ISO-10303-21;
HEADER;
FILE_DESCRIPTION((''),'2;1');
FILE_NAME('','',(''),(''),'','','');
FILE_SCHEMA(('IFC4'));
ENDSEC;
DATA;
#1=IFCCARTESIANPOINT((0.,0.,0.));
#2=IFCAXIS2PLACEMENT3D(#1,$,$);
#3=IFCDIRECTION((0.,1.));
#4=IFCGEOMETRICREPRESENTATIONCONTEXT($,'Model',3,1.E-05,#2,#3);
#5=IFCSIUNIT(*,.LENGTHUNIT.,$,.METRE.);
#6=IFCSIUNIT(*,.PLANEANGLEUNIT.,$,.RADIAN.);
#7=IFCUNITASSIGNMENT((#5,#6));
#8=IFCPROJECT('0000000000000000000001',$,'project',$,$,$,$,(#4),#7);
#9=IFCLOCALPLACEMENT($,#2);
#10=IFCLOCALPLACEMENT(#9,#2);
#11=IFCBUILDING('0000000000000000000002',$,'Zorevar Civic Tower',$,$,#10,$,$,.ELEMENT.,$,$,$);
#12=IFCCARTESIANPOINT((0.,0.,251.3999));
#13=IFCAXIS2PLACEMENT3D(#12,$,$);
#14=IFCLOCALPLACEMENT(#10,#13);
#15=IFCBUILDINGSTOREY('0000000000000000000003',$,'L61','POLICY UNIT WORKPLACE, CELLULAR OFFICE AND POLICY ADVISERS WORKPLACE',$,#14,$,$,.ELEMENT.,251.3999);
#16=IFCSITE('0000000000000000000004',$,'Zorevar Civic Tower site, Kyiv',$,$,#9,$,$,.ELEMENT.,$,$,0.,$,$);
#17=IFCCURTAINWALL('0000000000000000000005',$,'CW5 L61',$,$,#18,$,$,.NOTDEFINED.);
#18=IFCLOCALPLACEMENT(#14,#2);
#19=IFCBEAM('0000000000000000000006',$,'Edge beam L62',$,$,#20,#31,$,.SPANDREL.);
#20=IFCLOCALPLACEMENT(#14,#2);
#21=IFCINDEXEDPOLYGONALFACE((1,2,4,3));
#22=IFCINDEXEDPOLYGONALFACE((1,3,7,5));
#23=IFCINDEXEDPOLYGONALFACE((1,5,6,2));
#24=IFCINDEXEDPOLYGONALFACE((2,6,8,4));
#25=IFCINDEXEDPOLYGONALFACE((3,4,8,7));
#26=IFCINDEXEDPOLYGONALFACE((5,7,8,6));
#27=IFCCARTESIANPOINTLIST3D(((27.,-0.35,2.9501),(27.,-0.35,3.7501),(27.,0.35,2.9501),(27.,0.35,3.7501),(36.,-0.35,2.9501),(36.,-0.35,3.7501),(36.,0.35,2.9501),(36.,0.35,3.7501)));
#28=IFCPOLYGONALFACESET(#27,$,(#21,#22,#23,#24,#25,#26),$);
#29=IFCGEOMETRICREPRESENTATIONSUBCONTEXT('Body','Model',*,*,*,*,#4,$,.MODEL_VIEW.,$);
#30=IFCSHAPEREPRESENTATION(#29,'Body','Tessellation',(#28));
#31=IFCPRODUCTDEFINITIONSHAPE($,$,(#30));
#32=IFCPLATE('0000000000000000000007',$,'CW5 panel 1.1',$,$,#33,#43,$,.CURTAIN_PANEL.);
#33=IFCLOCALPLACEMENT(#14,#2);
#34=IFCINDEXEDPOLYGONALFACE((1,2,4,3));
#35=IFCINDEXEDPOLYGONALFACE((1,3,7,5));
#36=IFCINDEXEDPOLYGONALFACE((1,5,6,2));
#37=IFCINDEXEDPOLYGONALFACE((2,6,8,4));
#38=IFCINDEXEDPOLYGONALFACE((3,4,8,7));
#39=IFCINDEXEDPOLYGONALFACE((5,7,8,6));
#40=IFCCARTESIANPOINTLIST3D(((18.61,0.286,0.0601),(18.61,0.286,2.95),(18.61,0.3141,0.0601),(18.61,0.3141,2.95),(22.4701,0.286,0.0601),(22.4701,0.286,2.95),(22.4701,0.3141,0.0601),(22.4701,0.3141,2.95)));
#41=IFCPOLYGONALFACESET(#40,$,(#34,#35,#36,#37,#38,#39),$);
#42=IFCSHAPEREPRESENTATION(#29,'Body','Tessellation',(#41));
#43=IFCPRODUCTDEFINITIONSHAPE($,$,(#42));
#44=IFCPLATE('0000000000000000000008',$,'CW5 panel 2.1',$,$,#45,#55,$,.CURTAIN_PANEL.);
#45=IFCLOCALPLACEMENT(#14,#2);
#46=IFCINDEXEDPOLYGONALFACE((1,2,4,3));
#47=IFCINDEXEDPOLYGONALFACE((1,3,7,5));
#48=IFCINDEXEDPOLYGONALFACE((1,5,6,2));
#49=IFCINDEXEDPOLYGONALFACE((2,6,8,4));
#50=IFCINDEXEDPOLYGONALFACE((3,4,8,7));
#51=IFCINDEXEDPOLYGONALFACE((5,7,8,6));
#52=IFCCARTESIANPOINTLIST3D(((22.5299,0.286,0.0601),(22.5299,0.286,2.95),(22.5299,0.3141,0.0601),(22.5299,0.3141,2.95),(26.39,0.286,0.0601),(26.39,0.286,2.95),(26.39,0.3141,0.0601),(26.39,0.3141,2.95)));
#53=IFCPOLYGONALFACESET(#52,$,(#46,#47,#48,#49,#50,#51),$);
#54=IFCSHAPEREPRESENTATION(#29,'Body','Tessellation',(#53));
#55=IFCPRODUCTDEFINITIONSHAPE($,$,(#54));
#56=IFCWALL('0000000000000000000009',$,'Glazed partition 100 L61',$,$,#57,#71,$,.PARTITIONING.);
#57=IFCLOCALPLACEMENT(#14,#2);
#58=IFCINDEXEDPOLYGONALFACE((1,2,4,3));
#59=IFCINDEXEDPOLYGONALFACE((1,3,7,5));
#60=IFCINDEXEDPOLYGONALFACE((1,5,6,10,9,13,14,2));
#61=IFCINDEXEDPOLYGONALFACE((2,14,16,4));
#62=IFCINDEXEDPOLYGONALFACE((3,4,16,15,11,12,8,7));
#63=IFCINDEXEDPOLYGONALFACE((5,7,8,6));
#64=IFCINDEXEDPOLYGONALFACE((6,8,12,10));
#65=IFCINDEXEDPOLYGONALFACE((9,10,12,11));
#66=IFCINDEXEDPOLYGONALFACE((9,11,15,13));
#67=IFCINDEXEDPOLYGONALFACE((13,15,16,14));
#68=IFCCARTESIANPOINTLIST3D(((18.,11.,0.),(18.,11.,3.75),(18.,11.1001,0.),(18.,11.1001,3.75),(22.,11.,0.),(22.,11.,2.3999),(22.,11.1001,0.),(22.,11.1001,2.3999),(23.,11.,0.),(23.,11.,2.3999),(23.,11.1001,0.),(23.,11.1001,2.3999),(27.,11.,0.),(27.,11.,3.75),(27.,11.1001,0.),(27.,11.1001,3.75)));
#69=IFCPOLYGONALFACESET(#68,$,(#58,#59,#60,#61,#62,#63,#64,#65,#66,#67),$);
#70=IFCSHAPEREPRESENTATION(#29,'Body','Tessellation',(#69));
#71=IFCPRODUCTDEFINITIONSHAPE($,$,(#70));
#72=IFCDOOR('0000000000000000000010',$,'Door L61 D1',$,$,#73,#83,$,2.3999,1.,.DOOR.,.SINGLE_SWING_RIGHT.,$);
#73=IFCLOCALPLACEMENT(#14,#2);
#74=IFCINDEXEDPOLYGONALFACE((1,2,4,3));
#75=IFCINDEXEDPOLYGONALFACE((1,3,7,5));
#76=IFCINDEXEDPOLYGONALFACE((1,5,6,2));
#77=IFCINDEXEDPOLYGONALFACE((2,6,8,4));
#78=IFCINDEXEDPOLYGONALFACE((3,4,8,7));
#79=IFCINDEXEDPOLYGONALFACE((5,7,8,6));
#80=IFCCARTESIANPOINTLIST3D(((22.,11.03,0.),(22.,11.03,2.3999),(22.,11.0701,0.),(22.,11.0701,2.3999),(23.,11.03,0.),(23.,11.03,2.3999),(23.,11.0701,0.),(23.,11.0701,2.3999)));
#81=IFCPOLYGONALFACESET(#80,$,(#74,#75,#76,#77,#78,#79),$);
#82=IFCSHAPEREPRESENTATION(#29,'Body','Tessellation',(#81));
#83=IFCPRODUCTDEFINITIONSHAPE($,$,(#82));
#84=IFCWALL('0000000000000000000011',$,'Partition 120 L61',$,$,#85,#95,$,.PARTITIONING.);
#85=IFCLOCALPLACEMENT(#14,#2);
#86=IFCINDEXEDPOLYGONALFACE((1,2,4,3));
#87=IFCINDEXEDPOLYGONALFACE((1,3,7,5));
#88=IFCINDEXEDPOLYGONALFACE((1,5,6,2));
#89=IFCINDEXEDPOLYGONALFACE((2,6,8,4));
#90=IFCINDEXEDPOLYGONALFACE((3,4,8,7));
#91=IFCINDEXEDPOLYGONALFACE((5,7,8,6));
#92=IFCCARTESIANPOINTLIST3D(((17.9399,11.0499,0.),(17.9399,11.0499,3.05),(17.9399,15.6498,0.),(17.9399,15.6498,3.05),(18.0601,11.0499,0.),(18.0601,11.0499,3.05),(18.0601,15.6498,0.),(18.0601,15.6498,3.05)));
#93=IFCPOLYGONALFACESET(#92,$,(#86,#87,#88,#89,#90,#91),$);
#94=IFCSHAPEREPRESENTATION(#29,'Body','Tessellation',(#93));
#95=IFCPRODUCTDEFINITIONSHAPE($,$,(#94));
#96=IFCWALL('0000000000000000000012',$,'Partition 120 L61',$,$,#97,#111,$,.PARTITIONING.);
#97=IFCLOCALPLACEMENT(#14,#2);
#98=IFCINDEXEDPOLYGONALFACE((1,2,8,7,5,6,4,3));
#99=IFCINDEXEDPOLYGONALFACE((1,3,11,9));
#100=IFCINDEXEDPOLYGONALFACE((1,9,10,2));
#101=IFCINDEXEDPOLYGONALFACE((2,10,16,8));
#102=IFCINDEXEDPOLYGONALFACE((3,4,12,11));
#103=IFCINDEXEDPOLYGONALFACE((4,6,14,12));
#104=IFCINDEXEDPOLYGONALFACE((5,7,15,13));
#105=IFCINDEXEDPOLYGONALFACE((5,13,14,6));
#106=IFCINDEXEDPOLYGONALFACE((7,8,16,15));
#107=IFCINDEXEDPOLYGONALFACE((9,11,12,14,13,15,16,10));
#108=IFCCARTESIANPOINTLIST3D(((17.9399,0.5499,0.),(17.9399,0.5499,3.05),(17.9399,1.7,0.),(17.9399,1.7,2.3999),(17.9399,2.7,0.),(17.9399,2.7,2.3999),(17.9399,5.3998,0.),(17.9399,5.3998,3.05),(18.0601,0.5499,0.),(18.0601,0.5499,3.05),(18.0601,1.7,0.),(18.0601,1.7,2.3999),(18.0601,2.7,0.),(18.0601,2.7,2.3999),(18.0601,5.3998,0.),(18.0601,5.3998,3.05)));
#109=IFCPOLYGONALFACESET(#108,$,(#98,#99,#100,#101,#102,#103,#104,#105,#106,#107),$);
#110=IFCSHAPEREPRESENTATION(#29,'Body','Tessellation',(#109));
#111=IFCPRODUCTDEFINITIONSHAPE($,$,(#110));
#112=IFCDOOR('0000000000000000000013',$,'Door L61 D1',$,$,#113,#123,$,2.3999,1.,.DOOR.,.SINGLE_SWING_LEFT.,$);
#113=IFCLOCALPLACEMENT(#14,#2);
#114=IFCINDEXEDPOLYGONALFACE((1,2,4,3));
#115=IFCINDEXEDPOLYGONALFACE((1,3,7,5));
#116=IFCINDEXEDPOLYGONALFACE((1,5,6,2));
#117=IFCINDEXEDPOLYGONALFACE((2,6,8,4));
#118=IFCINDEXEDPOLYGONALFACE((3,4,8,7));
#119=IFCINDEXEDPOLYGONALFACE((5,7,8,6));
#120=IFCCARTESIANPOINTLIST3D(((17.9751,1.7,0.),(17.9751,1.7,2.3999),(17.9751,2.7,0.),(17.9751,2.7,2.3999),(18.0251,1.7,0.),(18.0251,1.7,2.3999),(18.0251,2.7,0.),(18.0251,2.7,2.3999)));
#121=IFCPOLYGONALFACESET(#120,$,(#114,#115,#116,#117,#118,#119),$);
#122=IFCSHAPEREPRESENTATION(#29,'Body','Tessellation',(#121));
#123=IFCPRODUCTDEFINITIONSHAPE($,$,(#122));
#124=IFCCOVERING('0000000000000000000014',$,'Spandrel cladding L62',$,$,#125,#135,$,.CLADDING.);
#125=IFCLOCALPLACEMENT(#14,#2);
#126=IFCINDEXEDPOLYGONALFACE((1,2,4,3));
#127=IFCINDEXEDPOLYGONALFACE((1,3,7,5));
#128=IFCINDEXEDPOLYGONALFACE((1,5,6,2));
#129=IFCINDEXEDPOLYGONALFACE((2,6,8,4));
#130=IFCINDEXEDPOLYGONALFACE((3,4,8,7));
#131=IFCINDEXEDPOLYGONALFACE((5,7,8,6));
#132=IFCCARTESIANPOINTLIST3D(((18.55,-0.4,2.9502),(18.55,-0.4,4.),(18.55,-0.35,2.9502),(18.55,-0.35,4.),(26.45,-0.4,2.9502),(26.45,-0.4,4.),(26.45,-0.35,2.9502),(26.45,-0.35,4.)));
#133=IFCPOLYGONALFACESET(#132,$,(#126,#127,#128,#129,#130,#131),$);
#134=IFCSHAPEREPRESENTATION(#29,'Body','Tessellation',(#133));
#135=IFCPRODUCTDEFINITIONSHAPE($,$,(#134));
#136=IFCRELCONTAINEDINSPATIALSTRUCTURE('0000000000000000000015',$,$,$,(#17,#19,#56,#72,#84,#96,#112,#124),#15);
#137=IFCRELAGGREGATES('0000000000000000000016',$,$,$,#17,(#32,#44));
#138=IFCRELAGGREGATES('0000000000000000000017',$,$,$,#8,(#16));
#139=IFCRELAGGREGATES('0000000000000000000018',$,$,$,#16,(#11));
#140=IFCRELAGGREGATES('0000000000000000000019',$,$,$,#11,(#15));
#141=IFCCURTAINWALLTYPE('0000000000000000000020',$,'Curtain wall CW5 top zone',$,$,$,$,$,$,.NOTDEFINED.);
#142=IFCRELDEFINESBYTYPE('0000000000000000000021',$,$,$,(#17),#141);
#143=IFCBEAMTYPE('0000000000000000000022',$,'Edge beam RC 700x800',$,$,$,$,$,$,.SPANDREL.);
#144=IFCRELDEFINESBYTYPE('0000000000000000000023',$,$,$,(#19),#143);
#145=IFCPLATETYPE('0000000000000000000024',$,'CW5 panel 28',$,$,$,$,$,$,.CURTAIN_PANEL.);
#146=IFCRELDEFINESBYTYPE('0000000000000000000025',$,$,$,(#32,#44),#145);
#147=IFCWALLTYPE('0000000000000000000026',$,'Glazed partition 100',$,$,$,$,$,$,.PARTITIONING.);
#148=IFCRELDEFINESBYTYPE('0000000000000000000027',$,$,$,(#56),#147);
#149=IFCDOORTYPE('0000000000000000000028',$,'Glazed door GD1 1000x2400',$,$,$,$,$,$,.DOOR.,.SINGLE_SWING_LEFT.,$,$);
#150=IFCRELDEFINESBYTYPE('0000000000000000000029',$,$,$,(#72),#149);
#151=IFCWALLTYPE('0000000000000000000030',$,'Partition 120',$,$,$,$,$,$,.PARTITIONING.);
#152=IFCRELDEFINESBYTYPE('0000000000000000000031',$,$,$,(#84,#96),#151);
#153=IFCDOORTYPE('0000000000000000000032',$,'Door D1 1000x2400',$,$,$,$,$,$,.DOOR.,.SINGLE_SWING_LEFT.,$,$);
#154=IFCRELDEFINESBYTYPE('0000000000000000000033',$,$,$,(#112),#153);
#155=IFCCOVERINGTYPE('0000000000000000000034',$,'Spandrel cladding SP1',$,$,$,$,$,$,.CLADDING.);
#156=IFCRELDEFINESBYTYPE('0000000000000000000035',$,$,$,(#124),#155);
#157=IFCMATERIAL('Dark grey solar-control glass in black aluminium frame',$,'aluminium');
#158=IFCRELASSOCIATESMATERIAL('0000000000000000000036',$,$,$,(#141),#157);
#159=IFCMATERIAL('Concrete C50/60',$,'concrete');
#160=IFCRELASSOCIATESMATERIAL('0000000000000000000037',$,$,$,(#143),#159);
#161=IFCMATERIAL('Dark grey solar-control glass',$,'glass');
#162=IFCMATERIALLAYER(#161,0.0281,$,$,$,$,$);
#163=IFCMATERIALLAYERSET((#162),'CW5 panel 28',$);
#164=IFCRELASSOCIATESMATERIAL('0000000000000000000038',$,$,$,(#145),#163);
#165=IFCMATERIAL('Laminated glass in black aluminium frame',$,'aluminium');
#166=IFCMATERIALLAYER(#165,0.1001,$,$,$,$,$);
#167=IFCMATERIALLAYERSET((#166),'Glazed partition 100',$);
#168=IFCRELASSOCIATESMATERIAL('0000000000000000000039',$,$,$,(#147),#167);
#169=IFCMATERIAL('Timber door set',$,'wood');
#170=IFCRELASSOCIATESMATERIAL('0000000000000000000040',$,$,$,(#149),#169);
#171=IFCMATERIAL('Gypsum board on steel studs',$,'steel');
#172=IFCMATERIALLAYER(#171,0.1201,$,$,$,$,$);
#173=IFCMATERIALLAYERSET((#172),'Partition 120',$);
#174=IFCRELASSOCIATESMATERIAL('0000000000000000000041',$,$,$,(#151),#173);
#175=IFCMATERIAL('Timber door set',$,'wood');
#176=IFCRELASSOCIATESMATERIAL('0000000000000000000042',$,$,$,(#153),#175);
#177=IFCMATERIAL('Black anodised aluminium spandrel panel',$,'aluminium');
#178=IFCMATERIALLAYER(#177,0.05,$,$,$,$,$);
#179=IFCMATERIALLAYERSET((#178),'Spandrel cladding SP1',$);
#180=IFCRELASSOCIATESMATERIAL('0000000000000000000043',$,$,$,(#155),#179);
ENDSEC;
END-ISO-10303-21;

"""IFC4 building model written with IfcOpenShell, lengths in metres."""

from ifc_helpers import new_model, si_unit, direction, frame, frame_2d, origin, origin_2d, place, context, subcontext, project, spatial, rectangle, extrude, material, layer, layer_set, material_profile, profile_set, type_object, element, fill, aggregate, save


model = new_model("IFC4")

# Units and contexts
model_context = context("Model", 3, precision=1e-05, world=origin(), true_north=direction((0.0, 1.0)))
body_context = subcontext(model_context, "Body", "Model", "MODEL_VIEW")
ifc_project = project(units=[si_unit("LENGTHUNIT", "METRE"), si_unit("PLANEANGLEUNIT", "RADIAN")], contexts=[model_context])

# Site, building, storey
site_placement = place(None, origin())
site = spatial("IfcSite", under=ifc_project, at=site_placement, Name="Zorevar Civic Tower site, Kyiv", CompositionType="ELEMENT", RefElevation=0.0)
building_placement = place(site_placement, origin())
building = spatial("IfcBuilding", under=site, at=building_placement, Name="Zorevar Civic Tower", CompositionType="ELEMENT")
storey_placement = place(building_placement, frame((0.0, 0.0, 251.3999)))
storey = spatial("IfcBuildingStorey", under=building, at=storey_placement, Name="L61", Description="POLICY UNIT WORKPLACE, CELLULAR OFFICE AND POLICY ADVISERS WORKPLACE", CompositionType="ELEMENT", Elevation=251.3999)

# Curtain wall
ifc_material_1 = material(Name="Dark grey solar-control glass in black aluminium frame", Category="aluminium")
curtain_wall_type = type_object("IfcCurtainWallType", Name="Curtain wall CW5 top zone", PredefinedType="NOTDEFINED", material=ifc_material_1)
curtain_wall_placement = place(storey_placement, origin())
curtain_wall = element("IfcCurtainWall", 1, at=curtain_wall_placement, inside=storey, type_object=curtain_wall_type, Name="CW5 L61", PredefinedType="NOTDEFINED")

# Beam
ifc_material_2 = material(Name="Concrete C50/60", Category="concrete")
ifc_material_profile_1 = material_profile(ifc_material_2, rectangle(XDim=0.7, YDim=0.8, at=origin_2d()), Name="RC 700x800")
ifc_profile_set_1 = profile_set([ifc_material_profile_1], Name="Concrete C50/60")
beam_type_1 = type_object("IfcBeamType", Name="Edge beam RC 700x800", PredefinedType="SPANDREL", material=ifc_profile_set_1)
beam_1_placement = place(storey_placement, frame((27.0, 0.0, 3.3501), z_axis=(1.0, 0.0, 0.0), x_axis=(0.0, 1.0, 0.0)))
element("IfcBeam", 2, at=beam_1_placement, inside=storey, type_object=beam_type_1, Name="Edge beam L62", PredefinedType="SPANDREL", context=body_context, shape_type="SweptSolid", body=[
    extrude(rectangle(XDim=0.7, YDim=0.8, at=origin_2d()), origin(), (0.0, 0.0, 1.0), 9.0),
])

# Plates
ifc_material_3 = material(Name="Dark grey solar-control glass", Category="glass")
ifc_layer_1 = layer(ifc_material_3, 0.0281)
ifc_layer_set_1 = layer_set([ifc_layer_1], Name="CW5 panel 28")
plate_type = type_object("IfcPlateType", Name="CW5 panel 28", PredefinedType="CURTAIN_PANEL", material=ifc_layer_set_1)
plate_1_placement = place(storey_placement, frame((20.54, 0.3, 0.0601), z_axis=(0.0, 0.0, 1.0), x_axis=(1.0, 0.0, 0.0)))
plate_1 = element("IfcPlate", 3, at=plate_1_placement, type_object=plate_type, Name="CW5 panel 1.1", PredefinedType="CURTAIN_PANEL", context=body_context, shape_type="SweptSolid", body=[
    extrude(rectangle(XDim=3.8601, YDim=0.0281, at=origin_2d()), origin(), (0.0, 0.0, 1.0), 2.8899),
])
plate_2_placement = place(storey_placement, frame((24.46, 0.3, 0.0601), z_axis=(0.0, 0.0, 1.0), x_axis=(1.0, 0.0, 0.0)))
plate_2 = element("IfcPlate", 4, at=plate_2_placement, type_object=plate_type, Name="CW5 panel 2.1", PredefinedType="CURTAIN_PANEL", context=body_context, shape_type="SweptSolid", body=[
    extrude(rectangle(XDim=3.8601, YDim=0.0281, at=origin_2d()), origin(), (0.0, 0.0, 1.0), 2.8899),
])
aggregate(curtain_wall, [plate_1, plate_2])

# Wall, opening, door
ifc_material_4 = material(Name="Laminated glass in black aluminium frame", Category="aluminium")
ifc_layer_2 = layer(ifc_material_4, 0.1001)
ifc_layer_set_2 = layer_set([ifc_layer_2], Name="Glazed partition 100")
wall_type_1 = type_object("IfcWallType", Name="Glazed partition 100", PredefinedType="PARTITIONING", material=ifc_layer_set_2)
wall_1_placement = place(storey_placement, frame((18.0, 11.05, 0.0), z_axis=(0.0, 0.0, 1.0), x_axis=(1.0, 0.0, 0.0)))
wall_1 = element("IfcWall", 5, at=wall_1_placement, inside=storey, type_object=wall_type_1, Name="Glazed partition 100 L61", PredefinedType="PARTITIONING", context=body_context, shape_type="SweptSolid", body=[
    extrude(rectangle(XDim=9.0, YDim=0.1001, at=frame_2d((4.5, 0.0))), origin(), (0.0, 0.0, 1.0), 3.75),
])
opening_1_placement = place(wall_1_placement, frame((4.0, 0.0, 0.0)))
opening_1 = element("IfcOpeningElement", 6, at=opening_1_placement, cuts=wall_1, PredefinedType="OPENING", context=body_context, shape_type="SweptSolid", body=[
    extrude(rectangle(XDim=1.0, YDim=2.3999, at=frame_2d((0.5, 1.2))), frame((0.0, 0.0601, 0.0), z_axis=(0.0, -1.0, 0.0), x_axis=(1.0, 0.0, 0.0)), (0.0, 0.0, 1.0), 0.1201),
])
ifc_material_5 = material(Name="Timber door set", Category="wood")
door_type_1 = type_object("IfcDoorType", Name="Glazed door GD1 1000x2400", OperationType="SINGLE_SWING_LEFT", PredefinedType="DOOR", material=ifc_material_5)
door_1_placement = place(opening_1_placement, origin())
door_1 = element("IfcDoor", 7, at=door_1_placement, inside=storey, type_object=door_type_1, Name="Door L61 D1", OperationType="SINGLE_SWING_RIGHT", OverallHeight=2.3999, OverallWidth=1.0, PredefinedType="DOOR", context=body_context, shape_type="SweptSolid", body=[
    extrude(rectangle(XDim=1.0, YDim=2.3999, at=frame_2d((0.5, 1.2))), frame((0.0, 0.02, 0.0), z_axis=(0.0, -1.0, 0.0), x_axis=(1.0, 0.0, 0.0)), (0.0, 0.0, 1.0), 0.04),
])
fill(opening_1, door_1)

# Wall
ifc_material_6 = material(Name="Gypsum board on steel studs", Category="steel")
ifc_layer_3 = layer(ifc_material_6, 0.1201)
ifc_layer_set_3 = layer_set([ifc_layer_3], Name="Partition 120")
wall_type_2 = type_object("IfcWallType", Name="Partition 120", PredefinedType="PARTITIONING", material=ifc_layer_set_3)
wall_2_placement = place(storey_placement, frame((18.0, 11.05, 0.0), z_axis=(0.0, 0.0, 1.0), x_axis=(0.0, 1.0, 0.0)))
element("IfcWall", 8, at=wall_2_placement, inside=storey, type_object=wall_type_2, Name="Partition 120 L61", PredefinedType="PARTITIONING", context=body_context, shape_type="SweptSolid", body=[
    extrude(rectangle(XDim=4.5999, YDim=0.1201, at=frame_2d((2.2998, 0.0))), origin(), (0.0, 0.0, 1.0), 3.05),
])

# Wall, opening, door
wall_3_placement = place(storey_placement, frame((18.0, 0.55, 0.0), z_axis=(0.0, 0.0, 1.0), x_axis=(0.0, 1.0, 0.0)))
wall_3 = element("IfcWall", 9, at=wall_3_placement, inside=storey, type_object=wall_type_2, Name="Partition 120 L61", PredefinedType="PARTITIONING", context=body_context, shape_type="SweptSolid", body=[
    extrude(rectangle(XDim=4.8499, YDim=0.1201, at=frame_2d((2.4248, 0.0))), origin(), (0.0, 0.0, 1.0), 3.05),
])
opening_2_placement = place(wall_3_placement, frame((1.1499, 0.0, 0.0)))
opening_2 = element("IfcOpeningElement", 10, at=opening_2_placement, cuts=wall_3, PredefinedType="OPENING", context=body_context, shape_type="SweptSolid", body=[
    extrude(rectangle(XDim=1.0, YDim=2.3999, at=frame_2d((0.5, 1.2))), frame((0.0, 0.0701, 0.0), z_axis=(0.0, -1.0, 0.0), x_axis=(1.0, 0.0, 0.0)), (0.0, 0.0, 1.0), 0.1401),
])
ifc_material_7 = material(Name="Timber door set", Category="wood")
door_type_2 = type_object("IfcDoorType", Name="Door D1 1000x2400", OperationType="SINGLE_SWING_LEFT", PredefinedType="DOOR", material=ifc_material_7)
door_2_placement = place(opening_2_placement, origin())
door_2 = element("IfcDoor", 11, at=door_2_placement, inside=storey, type_object=door_type_2, Name="Door L61 D1", OperationType="SINGLE_SWING_LEFT", OverallHeight=2.3999, OverallWidth=1.0, PredefinedType="DOOR", context=body_context, shape_type="SweptSolid", body=[
    extrude(rectangle(XDim=1.0, YDim=2.3999, at=frame_2d((0.5, 1.2))), frame((0.0, 0.0249, 0.0), z_axis=(0.0, -1.0, 0.0), x_axis=(1.0, 0.0, 0.0)), (0.0, 0.0, 1.0), 0.05),
])
fill(opening_2, door_2)

# Covering
ifc_material_8 = material(Name="Black anodised aluminium spandrel panel", Category="aluminium")
ifc_layer_4 = layer(ifc_material_8, 0.05)
ifc_layer_set_4 = layer_set([ifc_layer_4], Name="Spandrel cladding SP1")
covering_type = type_object("IfcCoveringType", Name="Spandrel cladding SP1", PredefinedType="CLADDING", material=ifc_layer_set_4)
covering_placement = place(storey_placement, frame((18.55, -0.375, 2.9502), z_axis=(0.0, 0.0, 1.0), x_axis=(1.0, 0.0, 0.0)))
element("IfcCovering", 12, at=covering_placement, inside=storey, type_object=covering_type, Name="Spandrel cladding L62", PredefinedType="CLADDING", context=body_context, shape_type="SweptSolid", body=[
    extrude(rectangle(XDim=7.8999, YDim=0.05, at=frame_2d((3.95, 0.0))), origin(), (0.0, 0.0, 1.0), 1.0498),
])

save(model, "model.ifc")
